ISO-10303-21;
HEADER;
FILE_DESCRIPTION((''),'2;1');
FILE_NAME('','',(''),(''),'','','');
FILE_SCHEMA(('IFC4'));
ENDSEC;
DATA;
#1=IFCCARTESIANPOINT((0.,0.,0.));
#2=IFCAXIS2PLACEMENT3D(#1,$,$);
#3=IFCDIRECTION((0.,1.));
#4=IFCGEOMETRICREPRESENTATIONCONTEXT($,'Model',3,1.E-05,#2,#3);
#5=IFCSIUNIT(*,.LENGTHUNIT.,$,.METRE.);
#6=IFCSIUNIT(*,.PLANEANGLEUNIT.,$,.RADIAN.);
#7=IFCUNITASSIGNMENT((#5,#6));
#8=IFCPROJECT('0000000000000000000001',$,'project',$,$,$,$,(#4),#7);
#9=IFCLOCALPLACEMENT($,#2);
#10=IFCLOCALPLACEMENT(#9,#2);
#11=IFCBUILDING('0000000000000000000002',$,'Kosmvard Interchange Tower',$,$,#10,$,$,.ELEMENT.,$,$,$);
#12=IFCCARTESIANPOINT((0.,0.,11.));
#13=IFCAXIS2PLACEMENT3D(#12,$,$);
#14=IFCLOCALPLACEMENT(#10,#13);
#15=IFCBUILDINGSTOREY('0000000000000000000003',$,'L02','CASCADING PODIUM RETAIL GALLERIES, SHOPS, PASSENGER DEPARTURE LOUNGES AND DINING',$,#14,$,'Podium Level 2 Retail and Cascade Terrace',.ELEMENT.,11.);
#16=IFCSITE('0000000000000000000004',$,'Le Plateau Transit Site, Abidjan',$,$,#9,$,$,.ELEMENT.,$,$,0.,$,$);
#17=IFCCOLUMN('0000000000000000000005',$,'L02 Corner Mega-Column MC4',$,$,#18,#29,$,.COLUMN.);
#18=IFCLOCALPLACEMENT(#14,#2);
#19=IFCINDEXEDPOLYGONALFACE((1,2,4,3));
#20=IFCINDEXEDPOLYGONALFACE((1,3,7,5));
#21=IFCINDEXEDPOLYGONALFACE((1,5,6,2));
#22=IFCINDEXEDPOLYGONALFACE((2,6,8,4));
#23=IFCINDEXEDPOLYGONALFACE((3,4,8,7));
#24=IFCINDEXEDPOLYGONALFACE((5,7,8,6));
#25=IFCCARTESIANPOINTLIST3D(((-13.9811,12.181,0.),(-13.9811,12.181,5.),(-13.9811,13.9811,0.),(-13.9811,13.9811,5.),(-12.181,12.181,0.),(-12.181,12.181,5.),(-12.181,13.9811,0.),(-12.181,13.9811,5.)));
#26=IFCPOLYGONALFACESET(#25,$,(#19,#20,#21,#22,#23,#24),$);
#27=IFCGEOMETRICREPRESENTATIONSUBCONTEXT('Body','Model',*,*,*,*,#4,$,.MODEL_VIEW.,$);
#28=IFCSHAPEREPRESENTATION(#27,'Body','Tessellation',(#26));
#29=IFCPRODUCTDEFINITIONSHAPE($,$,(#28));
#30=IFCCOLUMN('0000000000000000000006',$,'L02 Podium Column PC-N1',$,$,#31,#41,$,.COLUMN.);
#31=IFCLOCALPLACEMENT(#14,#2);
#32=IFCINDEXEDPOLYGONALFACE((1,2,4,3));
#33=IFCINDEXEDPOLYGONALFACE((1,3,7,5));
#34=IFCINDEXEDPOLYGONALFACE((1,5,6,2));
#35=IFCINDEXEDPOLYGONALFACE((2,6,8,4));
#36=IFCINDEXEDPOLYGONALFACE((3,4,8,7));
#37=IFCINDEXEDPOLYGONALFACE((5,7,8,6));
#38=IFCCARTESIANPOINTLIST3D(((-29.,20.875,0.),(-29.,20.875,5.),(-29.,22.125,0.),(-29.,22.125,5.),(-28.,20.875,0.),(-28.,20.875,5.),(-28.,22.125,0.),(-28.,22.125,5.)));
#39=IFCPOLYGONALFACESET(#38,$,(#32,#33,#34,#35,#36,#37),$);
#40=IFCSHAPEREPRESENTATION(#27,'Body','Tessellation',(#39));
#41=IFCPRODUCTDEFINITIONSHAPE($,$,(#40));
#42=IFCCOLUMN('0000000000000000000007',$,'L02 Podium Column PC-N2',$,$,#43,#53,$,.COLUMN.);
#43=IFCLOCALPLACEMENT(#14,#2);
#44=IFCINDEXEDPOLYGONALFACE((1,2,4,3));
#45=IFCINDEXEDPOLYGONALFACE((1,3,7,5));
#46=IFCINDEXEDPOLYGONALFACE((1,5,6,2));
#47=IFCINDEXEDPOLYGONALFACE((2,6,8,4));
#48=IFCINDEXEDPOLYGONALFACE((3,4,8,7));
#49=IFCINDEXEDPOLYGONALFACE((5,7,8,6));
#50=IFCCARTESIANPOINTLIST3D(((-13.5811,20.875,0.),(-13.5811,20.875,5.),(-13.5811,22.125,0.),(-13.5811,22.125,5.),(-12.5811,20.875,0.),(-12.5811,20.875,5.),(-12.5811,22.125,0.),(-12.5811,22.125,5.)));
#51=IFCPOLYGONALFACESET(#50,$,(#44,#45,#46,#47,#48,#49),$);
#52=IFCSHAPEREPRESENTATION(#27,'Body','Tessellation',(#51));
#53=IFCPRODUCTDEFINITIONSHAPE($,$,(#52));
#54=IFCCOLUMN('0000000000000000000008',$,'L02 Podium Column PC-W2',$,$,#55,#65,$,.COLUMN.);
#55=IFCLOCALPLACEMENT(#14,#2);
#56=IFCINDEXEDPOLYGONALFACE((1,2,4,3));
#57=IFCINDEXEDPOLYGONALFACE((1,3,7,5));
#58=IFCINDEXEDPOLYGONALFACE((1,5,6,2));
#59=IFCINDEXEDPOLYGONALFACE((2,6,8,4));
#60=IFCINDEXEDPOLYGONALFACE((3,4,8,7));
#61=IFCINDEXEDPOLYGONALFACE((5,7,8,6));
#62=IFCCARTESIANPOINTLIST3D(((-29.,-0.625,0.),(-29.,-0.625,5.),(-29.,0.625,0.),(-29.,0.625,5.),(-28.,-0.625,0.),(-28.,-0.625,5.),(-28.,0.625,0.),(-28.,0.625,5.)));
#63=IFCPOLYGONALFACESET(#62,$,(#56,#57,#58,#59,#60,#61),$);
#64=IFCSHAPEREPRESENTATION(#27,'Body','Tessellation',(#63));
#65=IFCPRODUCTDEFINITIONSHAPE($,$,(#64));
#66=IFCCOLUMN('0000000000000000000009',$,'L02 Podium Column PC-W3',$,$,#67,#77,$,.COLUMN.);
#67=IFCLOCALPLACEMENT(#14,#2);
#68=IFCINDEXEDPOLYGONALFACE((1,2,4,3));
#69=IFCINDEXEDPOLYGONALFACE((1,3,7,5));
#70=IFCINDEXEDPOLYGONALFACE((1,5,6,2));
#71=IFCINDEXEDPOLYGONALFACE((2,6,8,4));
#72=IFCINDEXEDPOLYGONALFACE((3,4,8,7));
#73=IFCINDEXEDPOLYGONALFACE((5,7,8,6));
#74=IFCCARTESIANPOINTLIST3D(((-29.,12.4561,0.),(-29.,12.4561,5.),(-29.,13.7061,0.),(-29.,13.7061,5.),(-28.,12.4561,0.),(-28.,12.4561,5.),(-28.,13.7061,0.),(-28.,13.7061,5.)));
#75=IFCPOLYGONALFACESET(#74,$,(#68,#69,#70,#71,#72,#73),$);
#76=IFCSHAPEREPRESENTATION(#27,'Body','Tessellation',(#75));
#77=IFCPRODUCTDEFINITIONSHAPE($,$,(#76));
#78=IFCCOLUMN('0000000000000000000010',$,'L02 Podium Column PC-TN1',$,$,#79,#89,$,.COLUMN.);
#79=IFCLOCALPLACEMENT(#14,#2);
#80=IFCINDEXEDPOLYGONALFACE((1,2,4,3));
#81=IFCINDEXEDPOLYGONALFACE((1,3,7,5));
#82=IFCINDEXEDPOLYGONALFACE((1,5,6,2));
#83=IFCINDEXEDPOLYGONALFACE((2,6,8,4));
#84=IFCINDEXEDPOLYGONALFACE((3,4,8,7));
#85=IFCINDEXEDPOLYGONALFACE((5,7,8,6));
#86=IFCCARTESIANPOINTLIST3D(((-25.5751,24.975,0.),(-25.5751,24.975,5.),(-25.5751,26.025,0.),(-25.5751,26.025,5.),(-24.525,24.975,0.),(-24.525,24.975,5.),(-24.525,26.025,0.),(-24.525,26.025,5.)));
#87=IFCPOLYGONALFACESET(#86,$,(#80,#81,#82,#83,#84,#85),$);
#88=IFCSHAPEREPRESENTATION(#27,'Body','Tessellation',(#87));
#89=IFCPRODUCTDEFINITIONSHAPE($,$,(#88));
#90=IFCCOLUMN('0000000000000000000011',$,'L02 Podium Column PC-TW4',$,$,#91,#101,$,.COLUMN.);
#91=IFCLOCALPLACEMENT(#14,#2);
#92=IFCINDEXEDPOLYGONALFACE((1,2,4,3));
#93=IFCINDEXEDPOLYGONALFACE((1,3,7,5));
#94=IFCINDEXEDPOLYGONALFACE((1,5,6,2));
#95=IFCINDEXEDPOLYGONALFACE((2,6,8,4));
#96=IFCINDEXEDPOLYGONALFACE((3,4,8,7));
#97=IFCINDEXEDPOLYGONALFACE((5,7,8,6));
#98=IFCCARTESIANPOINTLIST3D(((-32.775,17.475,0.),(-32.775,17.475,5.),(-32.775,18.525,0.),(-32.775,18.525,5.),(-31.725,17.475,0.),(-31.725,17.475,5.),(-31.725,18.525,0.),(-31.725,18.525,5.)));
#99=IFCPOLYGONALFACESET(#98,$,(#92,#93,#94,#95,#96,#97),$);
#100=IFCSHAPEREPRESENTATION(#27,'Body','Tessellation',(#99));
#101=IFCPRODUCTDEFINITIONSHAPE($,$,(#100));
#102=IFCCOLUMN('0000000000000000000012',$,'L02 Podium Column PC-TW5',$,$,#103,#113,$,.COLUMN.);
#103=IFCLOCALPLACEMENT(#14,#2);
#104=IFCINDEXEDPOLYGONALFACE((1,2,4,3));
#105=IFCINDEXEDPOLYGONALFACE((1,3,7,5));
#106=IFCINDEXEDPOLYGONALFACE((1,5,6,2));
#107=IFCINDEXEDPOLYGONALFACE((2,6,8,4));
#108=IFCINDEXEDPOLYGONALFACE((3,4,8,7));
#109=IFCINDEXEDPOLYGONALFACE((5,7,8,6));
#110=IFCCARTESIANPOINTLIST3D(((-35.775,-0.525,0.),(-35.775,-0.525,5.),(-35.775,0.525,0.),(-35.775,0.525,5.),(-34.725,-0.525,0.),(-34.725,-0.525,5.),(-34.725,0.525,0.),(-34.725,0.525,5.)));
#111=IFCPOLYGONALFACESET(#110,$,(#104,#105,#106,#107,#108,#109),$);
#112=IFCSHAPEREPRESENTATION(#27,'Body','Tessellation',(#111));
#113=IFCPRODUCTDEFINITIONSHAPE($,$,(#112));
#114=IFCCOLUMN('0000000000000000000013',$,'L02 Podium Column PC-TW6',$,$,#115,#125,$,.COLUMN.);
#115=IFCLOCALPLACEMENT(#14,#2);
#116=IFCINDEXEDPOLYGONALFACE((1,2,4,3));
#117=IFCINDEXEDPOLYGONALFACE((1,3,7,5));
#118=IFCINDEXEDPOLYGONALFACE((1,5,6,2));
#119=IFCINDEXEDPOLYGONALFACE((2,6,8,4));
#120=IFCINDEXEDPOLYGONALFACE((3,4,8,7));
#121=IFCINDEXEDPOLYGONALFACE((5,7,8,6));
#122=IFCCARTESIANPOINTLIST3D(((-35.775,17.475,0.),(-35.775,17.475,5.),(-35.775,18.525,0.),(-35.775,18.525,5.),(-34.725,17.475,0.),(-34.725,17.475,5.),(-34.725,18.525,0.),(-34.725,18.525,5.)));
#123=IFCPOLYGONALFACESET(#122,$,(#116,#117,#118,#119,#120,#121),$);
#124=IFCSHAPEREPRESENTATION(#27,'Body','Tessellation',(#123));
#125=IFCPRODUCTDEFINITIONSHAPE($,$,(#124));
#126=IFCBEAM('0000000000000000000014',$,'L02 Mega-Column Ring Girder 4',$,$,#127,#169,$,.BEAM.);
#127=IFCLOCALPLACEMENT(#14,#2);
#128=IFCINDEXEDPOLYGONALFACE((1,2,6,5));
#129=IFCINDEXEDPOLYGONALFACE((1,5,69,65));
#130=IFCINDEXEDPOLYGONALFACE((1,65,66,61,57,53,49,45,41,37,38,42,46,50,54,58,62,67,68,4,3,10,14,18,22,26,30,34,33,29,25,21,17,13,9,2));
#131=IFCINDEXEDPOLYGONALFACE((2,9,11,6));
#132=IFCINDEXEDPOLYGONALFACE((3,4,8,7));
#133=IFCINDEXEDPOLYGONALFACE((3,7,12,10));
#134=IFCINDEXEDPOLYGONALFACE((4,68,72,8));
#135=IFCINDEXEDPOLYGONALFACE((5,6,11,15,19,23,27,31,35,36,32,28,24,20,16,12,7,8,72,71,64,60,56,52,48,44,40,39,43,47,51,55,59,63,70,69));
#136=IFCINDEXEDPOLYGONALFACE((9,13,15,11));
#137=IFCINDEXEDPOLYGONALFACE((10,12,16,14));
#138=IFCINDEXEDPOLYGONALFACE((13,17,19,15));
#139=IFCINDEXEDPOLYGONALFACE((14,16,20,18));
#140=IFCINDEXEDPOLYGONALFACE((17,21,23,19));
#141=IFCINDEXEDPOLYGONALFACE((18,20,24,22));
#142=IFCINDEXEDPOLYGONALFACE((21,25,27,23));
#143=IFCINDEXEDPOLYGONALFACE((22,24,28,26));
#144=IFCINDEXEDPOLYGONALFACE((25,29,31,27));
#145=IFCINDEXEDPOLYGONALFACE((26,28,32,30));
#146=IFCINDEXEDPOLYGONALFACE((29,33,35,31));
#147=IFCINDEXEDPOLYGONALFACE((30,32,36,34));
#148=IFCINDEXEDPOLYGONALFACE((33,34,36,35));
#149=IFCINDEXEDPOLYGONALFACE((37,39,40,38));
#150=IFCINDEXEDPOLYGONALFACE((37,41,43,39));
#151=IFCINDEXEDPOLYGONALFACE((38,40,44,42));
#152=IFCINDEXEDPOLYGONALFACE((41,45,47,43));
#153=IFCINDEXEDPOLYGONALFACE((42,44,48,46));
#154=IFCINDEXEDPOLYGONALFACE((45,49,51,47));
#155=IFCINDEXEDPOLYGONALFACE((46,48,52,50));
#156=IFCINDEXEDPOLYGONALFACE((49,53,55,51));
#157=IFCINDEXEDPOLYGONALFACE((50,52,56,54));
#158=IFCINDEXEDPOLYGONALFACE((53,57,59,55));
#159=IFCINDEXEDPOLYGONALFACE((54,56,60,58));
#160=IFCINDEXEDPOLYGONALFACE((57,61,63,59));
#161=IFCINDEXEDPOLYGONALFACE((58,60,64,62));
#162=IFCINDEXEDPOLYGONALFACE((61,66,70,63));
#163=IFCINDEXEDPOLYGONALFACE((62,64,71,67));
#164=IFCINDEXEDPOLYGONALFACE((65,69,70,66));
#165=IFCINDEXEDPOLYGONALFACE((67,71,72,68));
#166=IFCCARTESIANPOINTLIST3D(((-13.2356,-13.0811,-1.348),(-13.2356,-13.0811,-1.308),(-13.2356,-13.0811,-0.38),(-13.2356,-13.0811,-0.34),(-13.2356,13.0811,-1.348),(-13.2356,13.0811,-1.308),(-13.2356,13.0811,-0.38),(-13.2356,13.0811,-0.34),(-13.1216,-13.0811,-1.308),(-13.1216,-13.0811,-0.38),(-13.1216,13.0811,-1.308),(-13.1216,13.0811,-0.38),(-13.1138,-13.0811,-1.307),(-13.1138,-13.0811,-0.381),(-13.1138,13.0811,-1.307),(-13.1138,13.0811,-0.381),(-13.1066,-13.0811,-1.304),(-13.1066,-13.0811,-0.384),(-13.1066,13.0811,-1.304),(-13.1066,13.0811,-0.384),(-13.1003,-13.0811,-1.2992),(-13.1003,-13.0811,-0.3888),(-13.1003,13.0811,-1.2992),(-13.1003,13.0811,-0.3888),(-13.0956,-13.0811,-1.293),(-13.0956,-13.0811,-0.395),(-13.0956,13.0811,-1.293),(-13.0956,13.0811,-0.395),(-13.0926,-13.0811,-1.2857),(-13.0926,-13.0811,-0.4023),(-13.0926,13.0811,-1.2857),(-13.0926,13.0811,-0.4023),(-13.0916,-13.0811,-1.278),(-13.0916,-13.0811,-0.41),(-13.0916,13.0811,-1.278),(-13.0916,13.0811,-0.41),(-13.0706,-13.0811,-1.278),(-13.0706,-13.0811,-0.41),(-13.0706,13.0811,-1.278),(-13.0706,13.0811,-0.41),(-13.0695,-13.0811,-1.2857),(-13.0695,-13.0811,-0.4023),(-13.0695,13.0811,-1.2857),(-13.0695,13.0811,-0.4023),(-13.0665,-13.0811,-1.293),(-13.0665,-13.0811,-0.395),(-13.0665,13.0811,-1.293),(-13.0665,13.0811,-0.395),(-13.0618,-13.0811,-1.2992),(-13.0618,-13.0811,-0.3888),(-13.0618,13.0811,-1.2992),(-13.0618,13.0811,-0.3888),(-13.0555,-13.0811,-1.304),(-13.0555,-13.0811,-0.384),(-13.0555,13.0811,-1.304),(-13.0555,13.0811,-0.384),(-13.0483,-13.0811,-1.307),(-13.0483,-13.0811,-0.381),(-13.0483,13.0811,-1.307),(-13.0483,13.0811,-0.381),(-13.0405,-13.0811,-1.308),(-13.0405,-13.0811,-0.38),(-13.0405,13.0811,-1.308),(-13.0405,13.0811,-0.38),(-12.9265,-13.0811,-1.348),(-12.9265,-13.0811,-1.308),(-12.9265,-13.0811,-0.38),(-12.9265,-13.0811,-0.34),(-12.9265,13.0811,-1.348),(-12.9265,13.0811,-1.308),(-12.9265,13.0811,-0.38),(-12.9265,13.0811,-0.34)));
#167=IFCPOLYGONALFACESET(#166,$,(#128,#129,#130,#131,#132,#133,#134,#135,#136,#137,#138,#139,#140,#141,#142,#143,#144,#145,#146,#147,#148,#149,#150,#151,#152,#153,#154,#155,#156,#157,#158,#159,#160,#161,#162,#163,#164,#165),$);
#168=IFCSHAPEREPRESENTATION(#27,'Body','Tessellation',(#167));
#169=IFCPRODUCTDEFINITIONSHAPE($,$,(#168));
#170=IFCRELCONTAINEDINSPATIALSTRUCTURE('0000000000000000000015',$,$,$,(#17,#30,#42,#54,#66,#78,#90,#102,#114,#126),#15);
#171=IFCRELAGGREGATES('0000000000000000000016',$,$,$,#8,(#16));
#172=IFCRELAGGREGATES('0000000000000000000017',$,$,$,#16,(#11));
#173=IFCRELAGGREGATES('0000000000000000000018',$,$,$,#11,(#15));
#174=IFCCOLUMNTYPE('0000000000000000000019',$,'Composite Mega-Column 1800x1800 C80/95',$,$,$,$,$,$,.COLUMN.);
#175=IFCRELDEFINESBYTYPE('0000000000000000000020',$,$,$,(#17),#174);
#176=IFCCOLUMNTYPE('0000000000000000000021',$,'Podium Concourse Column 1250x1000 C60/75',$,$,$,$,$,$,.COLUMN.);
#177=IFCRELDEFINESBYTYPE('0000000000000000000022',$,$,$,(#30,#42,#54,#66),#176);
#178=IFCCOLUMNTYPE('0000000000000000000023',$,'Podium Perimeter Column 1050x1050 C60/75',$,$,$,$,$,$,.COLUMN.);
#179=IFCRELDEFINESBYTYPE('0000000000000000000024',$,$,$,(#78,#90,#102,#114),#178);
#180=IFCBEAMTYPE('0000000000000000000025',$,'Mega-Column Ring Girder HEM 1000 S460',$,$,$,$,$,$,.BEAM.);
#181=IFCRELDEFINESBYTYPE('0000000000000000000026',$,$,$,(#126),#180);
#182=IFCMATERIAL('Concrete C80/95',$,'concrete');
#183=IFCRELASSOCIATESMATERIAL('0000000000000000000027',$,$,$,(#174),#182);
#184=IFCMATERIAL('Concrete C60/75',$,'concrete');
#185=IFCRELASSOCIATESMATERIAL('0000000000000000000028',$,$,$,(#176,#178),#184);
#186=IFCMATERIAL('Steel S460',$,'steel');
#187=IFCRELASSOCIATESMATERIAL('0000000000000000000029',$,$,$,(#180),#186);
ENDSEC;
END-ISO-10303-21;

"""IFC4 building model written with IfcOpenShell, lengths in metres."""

from ifc_helpers import new_model, si_unit, direction, frame, origin, origin_2d, place, context, subcontext, project, spatial, rectangle, i_section, extrude, source, transform, mapped, material, material_profile, profile_set, type_object, element, save


model = new_model("IFC4")

# Units and contexts
model_context = context("Model", 3, precision=1e-05, world=origin(), true_north=direction((0.0, 1.0)))
body_context = subcontext(model_context, "Body", "Model", "MODEL_VIEW")
ifc_project = project(units=[si_unit("LENGTHUNIT", "METRE"), si_unit("PLANEANGLEUNIT", "RADIAN")], contexts=[model_context])

# Site, building, storey
site_placement = place(None, origin())
site = spatial("IfcSite", under=ifc_project, at=site_placement, Name="Le Plateau Transit Site, Abidjan", CompositionType="ELEMENT", RefElevation=0.0)
building_placement = place(site_placement, origin())
building = spatial("IfcBuilding", under=site, at=building_placement, Name="Kosmvard Interchange Tower", CompositionType="ELEMENT")
storey_placement = place(building_placement, frame((0.0, 0.0, 11.0)))
storey = spatial("IfcBuildingStorey", under=building, at=storey_placement, Name="L02", Description="CASCADING PODIUM RETAIL GALLERIES, SHOPS, PASSENGER DEPARTURE LOUNGES AND DINING", LongName="Podium Level 2 Retail and Cascade Terrace", CompositionType="ELEMENT", Elevation=11.0)

# Columns
ifc_material_1 = material(Name="Concrete C80/95", Category="concrete")
ifc_material_profile_1 = material_profile(ifc_material_1, rectangle(XDim=1.8, YDim=1.8, at=origin_2d()), Name="MC 1800x1800")
ifc_profile_set_1 = profile_set([ifc_material_profile_1], Name="Concrete C80/95")
column_type_1 = type_object("IfcColumnType", Name="Composite Mega-Column 1800x1800 C80/95", PredefinedType="COLUMN", material=ifc_profile_set_1)
shared_shape_1 = source(origin(), body_context, "Body", "SweptSolid", [
    extrude(rectangle(XDim=1.8, YDim=1.8, at=origin_2d()), origin(), (0.0, 0.0, 1.0), 5.0),
])
column_placement = place(storey_placement, frame((-13.0811, 13.0811, 0.0), z_axis=(0.0, 0.0, 1.0), x_axis=(1.0, 0.0, 0.0)))
element("IfcColumn", 1, at=column_placement, inside=storey, type_object=column_type_1, Name="L02 Corner Mega-Column MC4", PredefinedType="COLUMN", context=body_context, shape_type="MappedRepresentation", body=[
    mapped(shared_shape_1, transform((0.0, 0.0, 0.0), scale=1.0)),
])
ifc_material_2 = material(Name="Concrete C60/75", Category="concrete")
ifc_material_profile_2 = material_profile(ifc_material_2, rectangle(XDim=1.0, YDim=1.25, at=origin_2d()), Name="PC 1250x1000")
ifc_profile_set_2 = profile_set([ifc_material_profile_2], Name="Concrete C60/75")
column_type_2 = type_object("IfcColumnType", Name="Podium Concourse Column 1250x1000 C60/75", PredefinedType="COLUMN", material=ifc_profile_set_2)
shared_shape_2 = source(origin(), body_context, "Body", "SweptSolid", [
    extrude(rectangle(XDim=1.0, YDim=1.25, at=origin_2d()), origin(), (0.0, 0.0, 1.0), 5.0),
])
for number, where, z_axis, x_axis, name in (
    (2, (-28.5, 21.5, 0.0), (0.0, 0.0, 1.0), (1.0, 0.0, 0.0), "L02 Podium Column PC-N1"),
    (3, (-13.0811, 21.5, 0.0), (0.0, 0.0, 1.0), (1.0, 0.0, 0.0), "L02 Podium Column PC-N2"),
    (4, (-28.5, 0.0, 0.0), (0.0, 0.0, 1.0), (1.0, 0.0, 0.0), "L02 Podium Column PC-W2"),
    (5, (-28.5, 13.0811, 0.0), (0.0, 0.0, 1.0), (1.0, 0.0, 0.0), "L02 Podium Column PC-W3"),
):
    element("IfcColumn", number, at=place(storey_placement, frame(where, z_axis=z_axis, x_axis=x_axis)), inside=storey, type_object=column_type_2, Name=name, PredefinedType="COLUMN", context=body_context, shape_type="MappedRepresentation", body=[
        mapped(shared_shape_2, transform((0.0, 0.0, 0.0), scale=1.0)),
    ])
ifc_material_profile_3 = material_profile(ifc_material_2, rectangle(XDim=1.05, YDim=1.05, at=origin_2d()), Name="PC 1050x1050")
ifc_profile_set_3 = profile_set([ifc_material_profile_3], Name="Concrete C60/75")
column_type_3 = type_object("IfcColumnType", Name="Podium Perimeter Column 1050x1050 C60/75", PredefinedType="COLUMN", material=ifc_profile_set_3)
shared_shape_3 = source(origin(), body_context, "Body", "SweptSolid", [
    extrude(rectangle(XDim=1.05, YDim=1.05, at=origin_2d()), origin(), (0.0, 0.0, 1.0), 5.0),
])
for number, where, z_axis, x_axis, name in (
    (6, (-25.05, 25.5, 0.0), (0.0, 0.0, 1.0), (1.0, 0.0, 0.0), "L02 Podium Column PC-TN1"),
    (7, (-32.25, 18.0, 0.0), (0.0, 0.0, 1.0), (1.0, 0.0, 0.0), "L02 Podium Column PC-TW4"),
    (8, (-35.25, 0.0, 0.0), (0.0, 0.0, 1.0), (1.0, 0.0, 0.0), "L02 Podium Column PC-TW5"),
    (9, (-35.25, 18.0, 0.0), (0.0, 0.0, 1.0), (1.0, 0.0, 0.0), "L02 Podium Column PC-TW6"),
):
    element("IfcColumn", number, at=place(storey_placement, frame(where, z_axis=z_axis, x_axis=x_axis)), inside=storey, type_object=column_type_3, Name=name, PredefinedType="COLUMN", context=body_context, shape_type="MappedRepresentation", body=[
        mapped(shared_shape_3, transform((0.0, 0.0, 0.0), scale=1.0)),
    ])

# Beam
ifc_material_3 = material(Name="Steel S460", Category="steel")
ifc_material_profile_4 = material_profile(ifc_material_3, i_section(OverallWidth=0.3091, OverallDepth=1.0081, WebThickness=0.021, FlangeThickness=0.04, FilletRadius=0.03, at=origin_2d()), Name="HEM 1000")
ifc_profile_set_4 = profile_set([ifc_material_profile_4], Name="Steel S460")
beam_type_1 = type_object("IfcBeamType", Name="Mega-Column Ring Girder HEM 1000 S460", PredefinedType="BEAM", material=ifc_profile_set_4)
shared_shape_4 = source(origin(), body_context, "Body", "SweptSolid", [
    extrude(i_section(OverallWidth=0.3091, OverallDepth=1.0081, WebThickness=0.021, FlangeThickness=0.04, FilletRadius=0.03, at=origin_2d()), origin(), (0.0, 0.0, 1.0), 26.1621),
])
beam_1_placement = place(storey_placement, frame((-13.0811, 13.0811, -0.844), z_axis=(0.0, -1.0, 0.0), x_axis=(1.0, 0.0, 0.0)))
element("IfcBeam", 10, at=beam_1_placement, inside=storey, type_object=beam_type_1, Name="L02 Mega-Column Ring Girder 4", PredefinedType="BEAM", context=body_context, shape_type="MappedRepresentation", body=[
    mapped(shared_shape_4, transform((0.0, 0.0, 0.0), scale=1.0)),
])

save(model, "model.ifc")
